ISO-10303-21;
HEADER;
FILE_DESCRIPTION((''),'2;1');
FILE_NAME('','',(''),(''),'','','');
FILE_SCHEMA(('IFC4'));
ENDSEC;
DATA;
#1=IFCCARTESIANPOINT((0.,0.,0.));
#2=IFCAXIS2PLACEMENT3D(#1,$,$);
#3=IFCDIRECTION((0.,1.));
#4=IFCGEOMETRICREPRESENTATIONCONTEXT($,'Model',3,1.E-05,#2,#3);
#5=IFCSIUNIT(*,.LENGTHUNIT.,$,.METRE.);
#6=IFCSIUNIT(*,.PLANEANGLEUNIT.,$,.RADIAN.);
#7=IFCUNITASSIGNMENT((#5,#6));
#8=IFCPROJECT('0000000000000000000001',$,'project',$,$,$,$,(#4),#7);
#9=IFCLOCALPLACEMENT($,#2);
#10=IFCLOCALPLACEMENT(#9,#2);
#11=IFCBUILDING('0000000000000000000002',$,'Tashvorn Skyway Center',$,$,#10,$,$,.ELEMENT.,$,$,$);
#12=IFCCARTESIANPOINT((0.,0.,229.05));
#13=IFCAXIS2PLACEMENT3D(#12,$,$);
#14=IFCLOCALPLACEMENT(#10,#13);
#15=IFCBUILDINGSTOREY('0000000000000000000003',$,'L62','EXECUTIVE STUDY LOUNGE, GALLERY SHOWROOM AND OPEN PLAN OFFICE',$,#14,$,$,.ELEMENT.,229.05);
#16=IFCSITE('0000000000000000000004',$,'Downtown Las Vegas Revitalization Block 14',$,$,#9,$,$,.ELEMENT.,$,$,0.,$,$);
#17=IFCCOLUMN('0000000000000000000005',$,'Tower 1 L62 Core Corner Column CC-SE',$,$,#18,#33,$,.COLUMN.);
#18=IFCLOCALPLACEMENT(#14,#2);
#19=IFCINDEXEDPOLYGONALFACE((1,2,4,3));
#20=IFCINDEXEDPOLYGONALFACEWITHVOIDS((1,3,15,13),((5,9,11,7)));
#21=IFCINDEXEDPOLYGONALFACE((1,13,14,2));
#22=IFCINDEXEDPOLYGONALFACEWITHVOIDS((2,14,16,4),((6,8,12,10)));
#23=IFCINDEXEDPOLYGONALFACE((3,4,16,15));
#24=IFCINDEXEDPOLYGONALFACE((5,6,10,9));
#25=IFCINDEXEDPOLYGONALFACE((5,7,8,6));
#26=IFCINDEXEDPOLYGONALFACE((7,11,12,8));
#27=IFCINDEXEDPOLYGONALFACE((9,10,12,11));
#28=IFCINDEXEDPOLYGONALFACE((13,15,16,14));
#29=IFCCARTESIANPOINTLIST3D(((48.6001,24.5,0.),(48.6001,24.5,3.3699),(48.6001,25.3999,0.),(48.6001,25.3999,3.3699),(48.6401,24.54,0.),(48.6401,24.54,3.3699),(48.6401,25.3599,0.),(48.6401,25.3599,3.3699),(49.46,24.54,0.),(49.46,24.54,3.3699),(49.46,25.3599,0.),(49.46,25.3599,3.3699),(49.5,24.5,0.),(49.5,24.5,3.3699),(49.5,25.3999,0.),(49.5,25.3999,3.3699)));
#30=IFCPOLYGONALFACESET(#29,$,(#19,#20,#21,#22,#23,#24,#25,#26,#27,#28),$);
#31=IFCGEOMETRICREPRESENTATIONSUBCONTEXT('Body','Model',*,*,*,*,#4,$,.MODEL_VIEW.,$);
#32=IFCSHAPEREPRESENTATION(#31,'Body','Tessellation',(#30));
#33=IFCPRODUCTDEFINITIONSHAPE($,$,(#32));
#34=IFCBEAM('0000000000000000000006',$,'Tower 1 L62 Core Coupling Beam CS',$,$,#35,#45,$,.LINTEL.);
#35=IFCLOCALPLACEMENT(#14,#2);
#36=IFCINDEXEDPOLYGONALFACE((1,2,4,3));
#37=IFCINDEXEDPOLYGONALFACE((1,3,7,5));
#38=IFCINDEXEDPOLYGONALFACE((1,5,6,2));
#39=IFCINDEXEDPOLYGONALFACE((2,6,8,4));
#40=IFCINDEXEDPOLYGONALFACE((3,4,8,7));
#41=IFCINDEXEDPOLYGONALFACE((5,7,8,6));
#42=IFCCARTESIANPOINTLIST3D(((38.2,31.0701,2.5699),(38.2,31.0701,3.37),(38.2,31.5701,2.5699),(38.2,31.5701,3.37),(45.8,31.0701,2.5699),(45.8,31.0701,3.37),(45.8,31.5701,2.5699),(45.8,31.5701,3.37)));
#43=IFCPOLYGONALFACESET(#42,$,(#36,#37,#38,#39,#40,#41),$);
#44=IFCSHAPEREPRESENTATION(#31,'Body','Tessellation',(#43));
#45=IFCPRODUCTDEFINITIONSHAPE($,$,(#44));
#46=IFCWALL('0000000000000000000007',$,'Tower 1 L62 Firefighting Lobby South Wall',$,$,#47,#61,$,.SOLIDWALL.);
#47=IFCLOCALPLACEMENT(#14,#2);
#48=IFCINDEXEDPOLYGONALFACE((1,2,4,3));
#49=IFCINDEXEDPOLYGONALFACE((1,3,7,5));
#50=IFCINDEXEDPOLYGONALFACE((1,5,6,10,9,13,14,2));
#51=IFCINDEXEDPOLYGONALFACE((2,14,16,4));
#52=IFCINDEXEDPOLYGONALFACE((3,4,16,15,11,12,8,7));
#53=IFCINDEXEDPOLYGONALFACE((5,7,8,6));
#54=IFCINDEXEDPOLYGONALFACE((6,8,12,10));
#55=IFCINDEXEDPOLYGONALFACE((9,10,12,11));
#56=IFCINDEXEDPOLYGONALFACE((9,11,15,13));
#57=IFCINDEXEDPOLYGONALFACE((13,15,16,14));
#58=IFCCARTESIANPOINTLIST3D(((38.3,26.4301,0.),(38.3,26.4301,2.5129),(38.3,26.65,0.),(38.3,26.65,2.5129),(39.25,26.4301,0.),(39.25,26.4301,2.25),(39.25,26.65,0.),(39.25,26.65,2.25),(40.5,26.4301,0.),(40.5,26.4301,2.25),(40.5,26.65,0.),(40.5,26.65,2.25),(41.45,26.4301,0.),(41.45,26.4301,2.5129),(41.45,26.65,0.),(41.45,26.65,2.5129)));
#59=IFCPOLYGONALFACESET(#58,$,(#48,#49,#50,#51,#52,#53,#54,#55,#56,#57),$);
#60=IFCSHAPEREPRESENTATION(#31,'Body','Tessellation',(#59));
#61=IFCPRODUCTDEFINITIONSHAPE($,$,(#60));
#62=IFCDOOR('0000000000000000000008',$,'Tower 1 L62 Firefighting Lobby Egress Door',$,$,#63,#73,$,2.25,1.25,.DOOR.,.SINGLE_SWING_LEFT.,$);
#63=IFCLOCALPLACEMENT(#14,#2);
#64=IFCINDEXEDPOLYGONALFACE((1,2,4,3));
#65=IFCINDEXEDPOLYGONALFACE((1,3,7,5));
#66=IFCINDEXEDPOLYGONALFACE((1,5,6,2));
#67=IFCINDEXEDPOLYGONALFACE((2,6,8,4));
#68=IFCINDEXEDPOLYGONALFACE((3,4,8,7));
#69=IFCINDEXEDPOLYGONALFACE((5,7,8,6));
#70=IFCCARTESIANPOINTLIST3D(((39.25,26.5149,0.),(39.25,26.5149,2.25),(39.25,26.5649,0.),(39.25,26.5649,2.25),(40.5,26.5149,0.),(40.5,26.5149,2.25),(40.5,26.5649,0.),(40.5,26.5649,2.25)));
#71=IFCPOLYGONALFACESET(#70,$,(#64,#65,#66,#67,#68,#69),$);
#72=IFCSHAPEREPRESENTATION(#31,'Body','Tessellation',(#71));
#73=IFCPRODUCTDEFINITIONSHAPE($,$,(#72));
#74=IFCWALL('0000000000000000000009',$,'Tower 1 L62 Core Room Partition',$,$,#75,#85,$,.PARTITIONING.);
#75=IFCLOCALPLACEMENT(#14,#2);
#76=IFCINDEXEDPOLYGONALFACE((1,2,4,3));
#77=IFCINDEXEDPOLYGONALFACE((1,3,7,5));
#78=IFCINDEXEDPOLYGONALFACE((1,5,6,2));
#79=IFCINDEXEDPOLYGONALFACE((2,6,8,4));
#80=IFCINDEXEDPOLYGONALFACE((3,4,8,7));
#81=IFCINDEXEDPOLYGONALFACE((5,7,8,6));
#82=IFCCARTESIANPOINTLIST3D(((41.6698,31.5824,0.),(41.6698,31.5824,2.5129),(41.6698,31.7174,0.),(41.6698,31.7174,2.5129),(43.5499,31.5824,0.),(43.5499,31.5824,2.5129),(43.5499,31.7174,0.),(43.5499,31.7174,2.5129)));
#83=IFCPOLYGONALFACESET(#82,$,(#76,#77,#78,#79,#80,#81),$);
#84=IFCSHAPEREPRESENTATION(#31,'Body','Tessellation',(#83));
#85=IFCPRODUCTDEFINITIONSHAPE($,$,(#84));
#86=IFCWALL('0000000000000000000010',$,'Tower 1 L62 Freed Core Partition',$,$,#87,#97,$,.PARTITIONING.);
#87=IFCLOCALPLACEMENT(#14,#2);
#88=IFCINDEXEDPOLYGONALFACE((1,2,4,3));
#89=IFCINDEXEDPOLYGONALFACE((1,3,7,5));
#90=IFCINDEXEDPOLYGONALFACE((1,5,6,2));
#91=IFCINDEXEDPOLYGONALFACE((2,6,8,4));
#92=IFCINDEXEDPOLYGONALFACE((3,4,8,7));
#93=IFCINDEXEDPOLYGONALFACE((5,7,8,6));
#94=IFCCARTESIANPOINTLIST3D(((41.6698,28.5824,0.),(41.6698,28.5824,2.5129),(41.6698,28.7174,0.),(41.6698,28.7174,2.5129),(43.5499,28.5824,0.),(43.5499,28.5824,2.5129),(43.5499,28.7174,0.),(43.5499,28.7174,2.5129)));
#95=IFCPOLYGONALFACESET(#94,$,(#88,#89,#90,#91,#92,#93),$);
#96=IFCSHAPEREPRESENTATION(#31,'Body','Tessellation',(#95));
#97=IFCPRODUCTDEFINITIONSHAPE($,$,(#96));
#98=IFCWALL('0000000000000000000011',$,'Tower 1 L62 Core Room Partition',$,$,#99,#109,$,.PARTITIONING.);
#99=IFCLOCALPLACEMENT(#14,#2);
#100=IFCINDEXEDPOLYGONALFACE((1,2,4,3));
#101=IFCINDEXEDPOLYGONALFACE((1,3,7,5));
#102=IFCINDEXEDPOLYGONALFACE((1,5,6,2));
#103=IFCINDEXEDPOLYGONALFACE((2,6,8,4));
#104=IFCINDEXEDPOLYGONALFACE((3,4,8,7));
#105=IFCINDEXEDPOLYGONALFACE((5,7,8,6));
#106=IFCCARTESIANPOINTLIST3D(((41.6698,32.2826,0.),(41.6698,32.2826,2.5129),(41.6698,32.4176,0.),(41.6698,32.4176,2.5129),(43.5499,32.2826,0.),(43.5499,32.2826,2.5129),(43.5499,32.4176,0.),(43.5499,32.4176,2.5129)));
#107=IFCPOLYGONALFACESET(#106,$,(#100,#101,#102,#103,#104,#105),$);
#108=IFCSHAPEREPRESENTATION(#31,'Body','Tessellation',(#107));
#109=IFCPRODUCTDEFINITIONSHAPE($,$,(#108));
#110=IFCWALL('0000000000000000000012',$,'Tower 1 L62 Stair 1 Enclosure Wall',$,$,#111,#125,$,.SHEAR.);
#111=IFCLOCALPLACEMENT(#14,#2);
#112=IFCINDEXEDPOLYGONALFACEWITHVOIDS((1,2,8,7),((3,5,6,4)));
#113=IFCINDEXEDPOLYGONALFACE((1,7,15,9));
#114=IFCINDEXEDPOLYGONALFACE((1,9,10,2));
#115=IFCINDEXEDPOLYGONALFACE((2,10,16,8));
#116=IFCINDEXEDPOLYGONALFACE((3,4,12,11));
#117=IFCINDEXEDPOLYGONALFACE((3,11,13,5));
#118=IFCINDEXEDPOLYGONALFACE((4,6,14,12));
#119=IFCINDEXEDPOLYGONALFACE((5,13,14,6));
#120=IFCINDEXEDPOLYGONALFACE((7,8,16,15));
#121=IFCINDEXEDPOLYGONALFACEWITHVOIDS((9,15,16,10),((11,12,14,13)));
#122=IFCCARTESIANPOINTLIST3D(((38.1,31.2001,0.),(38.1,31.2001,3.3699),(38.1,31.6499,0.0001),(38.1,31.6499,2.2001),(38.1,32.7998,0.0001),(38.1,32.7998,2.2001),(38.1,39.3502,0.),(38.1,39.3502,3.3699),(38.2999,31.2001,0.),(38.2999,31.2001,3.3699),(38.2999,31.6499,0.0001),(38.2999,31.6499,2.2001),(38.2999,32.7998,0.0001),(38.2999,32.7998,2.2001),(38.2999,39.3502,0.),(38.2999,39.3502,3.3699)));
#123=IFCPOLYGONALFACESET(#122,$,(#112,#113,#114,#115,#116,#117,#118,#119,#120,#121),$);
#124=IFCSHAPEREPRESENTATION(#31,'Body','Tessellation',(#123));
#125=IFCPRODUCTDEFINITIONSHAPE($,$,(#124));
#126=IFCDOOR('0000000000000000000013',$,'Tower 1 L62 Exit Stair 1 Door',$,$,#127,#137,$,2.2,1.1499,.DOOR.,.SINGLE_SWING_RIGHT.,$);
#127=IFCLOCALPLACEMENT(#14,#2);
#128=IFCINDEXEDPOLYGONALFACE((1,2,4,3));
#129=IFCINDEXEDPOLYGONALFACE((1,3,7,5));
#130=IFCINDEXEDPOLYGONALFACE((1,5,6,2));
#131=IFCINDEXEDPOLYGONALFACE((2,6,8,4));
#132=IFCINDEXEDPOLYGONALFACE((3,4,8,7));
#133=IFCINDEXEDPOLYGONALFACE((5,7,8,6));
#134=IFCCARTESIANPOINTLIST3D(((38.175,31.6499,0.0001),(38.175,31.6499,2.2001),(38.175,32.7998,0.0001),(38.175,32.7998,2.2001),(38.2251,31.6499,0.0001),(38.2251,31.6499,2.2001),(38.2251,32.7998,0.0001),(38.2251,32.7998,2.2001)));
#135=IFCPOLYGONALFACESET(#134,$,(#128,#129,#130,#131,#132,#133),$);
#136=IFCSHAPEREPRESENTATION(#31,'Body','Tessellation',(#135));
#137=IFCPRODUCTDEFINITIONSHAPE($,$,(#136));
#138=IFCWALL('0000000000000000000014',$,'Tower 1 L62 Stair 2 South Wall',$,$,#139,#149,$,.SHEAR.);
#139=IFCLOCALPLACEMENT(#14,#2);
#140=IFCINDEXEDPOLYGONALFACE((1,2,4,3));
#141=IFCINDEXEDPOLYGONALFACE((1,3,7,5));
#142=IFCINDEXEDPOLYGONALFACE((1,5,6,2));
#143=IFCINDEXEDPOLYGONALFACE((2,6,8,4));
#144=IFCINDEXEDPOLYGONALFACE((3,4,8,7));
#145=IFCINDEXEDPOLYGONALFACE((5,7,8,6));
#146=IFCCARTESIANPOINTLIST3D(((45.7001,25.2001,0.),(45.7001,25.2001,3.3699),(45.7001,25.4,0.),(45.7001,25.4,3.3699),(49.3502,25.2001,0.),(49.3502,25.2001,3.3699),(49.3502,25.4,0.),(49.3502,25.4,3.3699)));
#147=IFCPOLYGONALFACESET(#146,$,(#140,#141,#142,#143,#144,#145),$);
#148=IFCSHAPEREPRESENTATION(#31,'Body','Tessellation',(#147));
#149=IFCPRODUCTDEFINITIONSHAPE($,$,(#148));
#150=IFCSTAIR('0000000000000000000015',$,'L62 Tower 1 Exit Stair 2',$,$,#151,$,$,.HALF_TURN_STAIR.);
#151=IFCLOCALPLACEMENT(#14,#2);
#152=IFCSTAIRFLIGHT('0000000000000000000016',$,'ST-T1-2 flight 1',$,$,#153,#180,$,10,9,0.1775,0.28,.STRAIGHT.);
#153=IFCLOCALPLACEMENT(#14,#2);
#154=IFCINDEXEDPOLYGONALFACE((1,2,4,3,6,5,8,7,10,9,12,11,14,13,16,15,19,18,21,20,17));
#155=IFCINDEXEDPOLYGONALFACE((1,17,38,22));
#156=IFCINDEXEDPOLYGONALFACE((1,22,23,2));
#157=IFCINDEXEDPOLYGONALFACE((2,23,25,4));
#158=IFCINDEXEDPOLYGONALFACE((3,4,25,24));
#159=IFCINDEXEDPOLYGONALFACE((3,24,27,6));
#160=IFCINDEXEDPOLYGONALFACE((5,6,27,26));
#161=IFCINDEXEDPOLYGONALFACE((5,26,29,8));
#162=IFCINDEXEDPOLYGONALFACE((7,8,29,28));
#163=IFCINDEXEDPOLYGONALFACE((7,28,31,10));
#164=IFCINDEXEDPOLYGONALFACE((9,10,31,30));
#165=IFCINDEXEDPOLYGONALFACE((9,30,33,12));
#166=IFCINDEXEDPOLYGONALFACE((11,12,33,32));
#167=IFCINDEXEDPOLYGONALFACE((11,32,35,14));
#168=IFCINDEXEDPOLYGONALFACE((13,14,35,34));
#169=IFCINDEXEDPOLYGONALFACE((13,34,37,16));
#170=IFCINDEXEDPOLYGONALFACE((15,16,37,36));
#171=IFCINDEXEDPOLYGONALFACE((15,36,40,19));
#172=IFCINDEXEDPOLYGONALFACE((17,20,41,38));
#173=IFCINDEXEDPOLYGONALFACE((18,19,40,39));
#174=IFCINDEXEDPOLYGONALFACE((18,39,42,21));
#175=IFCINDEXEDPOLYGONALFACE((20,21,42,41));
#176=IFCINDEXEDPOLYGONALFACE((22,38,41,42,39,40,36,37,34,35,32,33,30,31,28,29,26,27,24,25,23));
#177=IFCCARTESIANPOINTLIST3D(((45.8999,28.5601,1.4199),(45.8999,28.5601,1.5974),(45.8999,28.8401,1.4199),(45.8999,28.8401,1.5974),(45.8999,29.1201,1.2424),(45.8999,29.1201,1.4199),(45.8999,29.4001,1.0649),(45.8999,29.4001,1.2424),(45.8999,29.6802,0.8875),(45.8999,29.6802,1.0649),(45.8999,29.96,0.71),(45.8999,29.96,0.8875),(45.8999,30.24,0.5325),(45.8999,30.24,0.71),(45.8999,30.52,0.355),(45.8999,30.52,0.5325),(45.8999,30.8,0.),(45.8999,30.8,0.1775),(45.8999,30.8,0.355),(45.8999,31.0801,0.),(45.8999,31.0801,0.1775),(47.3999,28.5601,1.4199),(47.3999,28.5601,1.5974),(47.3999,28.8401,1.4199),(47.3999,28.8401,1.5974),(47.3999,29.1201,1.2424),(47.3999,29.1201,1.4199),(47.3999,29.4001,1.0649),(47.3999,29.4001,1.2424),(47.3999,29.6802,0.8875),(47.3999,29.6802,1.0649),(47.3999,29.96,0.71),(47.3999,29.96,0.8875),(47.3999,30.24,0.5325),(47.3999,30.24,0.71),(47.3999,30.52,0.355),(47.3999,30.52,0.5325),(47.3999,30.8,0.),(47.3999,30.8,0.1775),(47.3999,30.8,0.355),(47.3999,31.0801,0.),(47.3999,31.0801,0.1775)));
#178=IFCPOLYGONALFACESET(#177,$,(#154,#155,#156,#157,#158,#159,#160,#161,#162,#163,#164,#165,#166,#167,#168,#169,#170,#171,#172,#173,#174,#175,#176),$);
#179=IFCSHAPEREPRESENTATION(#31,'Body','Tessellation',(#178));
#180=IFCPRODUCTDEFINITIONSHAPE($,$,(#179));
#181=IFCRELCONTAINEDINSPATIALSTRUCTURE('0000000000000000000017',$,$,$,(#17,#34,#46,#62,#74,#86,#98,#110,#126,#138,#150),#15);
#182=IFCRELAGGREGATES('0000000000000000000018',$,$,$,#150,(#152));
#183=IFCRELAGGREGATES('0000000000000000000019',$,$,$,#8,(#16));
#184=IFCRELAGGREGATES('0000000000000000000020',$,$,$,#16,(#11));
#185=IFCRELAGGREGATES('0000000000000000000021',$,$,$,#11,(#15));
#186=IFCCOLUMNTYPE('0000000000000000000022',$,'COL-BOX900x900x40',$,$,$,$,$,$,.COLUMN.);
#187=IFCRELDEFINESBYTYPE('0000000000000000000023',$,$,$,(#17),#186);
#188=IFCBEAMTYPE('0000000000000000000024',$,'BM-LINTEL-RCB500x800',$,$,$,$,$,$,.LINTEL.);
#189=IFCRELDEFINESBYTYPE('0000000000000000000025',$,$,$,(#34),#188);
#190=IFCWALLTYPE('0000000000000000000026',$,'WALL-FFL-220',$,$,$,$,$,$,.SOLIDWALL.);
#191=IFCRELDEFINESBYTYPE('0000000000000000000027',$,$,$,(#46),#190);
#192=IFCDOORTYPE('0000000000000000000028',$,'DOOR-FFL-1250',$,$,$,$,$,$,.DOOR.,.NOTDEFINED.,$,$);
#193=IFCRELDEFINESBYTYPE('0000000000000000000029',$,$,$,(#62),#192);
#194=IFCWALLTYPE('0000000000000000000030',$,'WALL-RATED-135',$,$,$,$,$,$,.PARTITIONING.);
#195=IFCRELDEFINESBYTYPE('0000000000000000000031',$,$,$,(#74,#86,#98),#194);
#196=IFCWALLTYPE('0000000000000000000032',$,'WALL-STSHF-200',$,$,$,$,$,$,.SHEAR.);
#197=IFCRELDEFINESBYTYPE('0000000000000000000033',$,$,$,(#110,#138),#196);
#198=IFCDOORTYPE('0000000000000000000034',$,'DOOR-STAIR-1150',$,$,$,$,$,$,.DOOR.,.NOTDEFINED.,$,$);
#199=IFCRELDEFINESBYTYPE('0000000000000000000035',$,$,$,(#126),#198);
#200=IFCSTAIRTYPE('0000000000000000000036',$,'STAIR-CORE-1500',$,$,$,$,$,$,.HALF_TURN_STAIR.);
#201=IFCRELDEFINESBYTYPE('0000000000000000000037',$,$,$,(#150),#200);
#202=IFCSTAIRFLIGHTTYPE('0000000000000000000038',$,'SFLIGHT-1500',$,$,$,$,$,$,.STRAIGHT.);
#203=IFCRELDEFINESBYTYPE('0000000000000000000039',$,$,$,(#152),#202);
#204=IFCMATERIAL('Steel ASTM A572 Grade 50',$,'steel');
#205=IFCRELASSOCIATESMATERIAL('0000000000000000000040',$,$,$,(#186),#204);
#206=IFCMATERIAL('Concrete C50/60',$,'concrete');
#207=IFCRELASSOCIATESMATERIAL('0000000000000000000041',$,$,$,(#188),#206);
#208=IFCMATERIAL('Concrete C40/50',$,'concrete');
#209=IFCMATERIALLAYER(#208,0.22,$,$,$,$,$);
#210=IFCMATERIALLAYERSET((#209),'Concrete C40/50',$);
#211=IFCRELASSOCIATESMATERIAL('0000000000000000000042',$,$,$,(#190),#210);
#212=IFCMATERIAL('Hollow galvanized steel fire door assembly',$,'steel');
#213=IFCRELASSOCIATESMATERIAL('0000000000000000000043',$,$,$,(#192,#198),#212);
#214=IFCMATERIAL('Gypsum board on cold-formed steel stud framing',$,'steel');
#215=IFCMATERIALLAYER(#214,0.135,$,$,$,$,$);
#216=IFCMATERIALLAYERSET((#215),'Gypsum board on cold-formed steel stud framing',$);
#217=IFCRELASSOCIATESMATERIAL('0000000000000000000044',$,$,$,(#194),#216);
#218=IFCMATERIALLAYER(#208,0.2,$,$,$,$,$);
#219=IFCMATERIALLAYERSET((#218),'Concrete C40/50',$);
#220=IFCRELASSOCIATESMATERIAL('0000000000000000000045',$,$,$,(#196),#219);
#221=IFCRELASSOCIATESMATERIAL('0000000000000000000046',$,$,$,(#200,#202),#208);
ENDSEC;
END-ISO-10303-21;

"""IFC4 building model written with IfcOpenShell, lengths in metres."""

from ifc_helpers import new_model, si_unit, direction, frame, frame_2d, origin, origin_2d, place, context, subcontext, project, spatial, polyline, rectangle, hollow_rectangle, outline, extrude, material, layer, layer_set, material_profile, profile_set, type_object, element, fill, aggregate, save


model = new_model("IFC4")

# Units and contexts
model_context = context("Model", 3, precision=1e-05, world=origin(), true_north=direction((0.0, 1.0)))
body_context = subcontext(model_context, "Body", "Model", "MODEL_VIEW")
ifc_project = project(units=[si_unit("LENGTHUNIT", "METRE"), si_unit("PLANEANGLEUNIT", "RADIAN")], contexts=[model_context])

# Site, building, storey
site_placement = place(None, origin())
site = spatial("IfcSite", under=ifc_project, at=site_placement, Name="Downtown Las Vegas Revitalization Block 14", CompositionType="ELEMENT", RefElevation=0.0)
building_placement = place(site_placement, origin())
building = spatial("IfcBuilding", under=site, at=building_placement, Name="Tashvorn Skyway Center", CompositionType="ELEMENT")
storey_placement = place(building_placement, frame((0.0, 0.0, 229.05)))
storey = spatial("IfcBuildingStorey", under=building, at=storey_placement, Name="L62", Description="EXECUTIVE STUDY LOUNGE, GALLERY SHOWROOM AND OPEN PLAN OFFICE", CompositionType="ELEMENT", Elevation=229.05)

# Column
ifc_material_1 = material(Name="Steel ASTM A572 Grade 50", Category="steel")
ifc_material_profile_1 = material_profile(ifc_material_1, hollow_rectangle(XDim=0.8999, YDim=0.8999, WallThickness=0.04, at=origin_2d()), Name="BOX900x900x40")
ifc_profile_set_1 = profile_set([ifc_material_profile_1], Name="Steel ASTM A572 Grade 50")
column_type = type_object("IfcColumnType", Name="COL-BOX900x900x40", PredefinedType="COLUMN", material=ifc_profile_set_1)
column_placement = place(storey_placement, frame((49.05, 24.95, 0.0), z_axis=(0.0, 0.0, 1.0), x_axis=(1.0, 0.0, 0.0)))
element("IfcColumn", 1, at=column_placement, inside=storey, type_object=column_type, Name="Tower 1 L62 Core Corner Column CC-SE", PredefinedType="COLUMN", context=body_context, shape_type="SweptSolid", body=[
    extrude(hollow_rectangle(XDim=0.8999, YDim=0.8999, WallThickness=0.04, at=origin_2d()), origin(), (0.0, 0.0, 1.0), 3.3699),
])

# Beam
ifc_material_2 = material(Name="Concrete C50/60", Category="concrete")
ifc_material_profile_2 = material_profile(ifc_material_2, rectangle(XDim=0.5, YDim=0.8, at=origin_2d()), Name="RCB500x800")
ifc_profile_set_2 = profile_set([ifc_material_profile_2], Name="Concrete C50/60")
beam_type = type_object("IfcBeamType", Name="BM-LINTEL-RCB500x800", PredefinedType="LINTEL", material=ifc_profile_set_2)
beam_placement = place(storey_placement, frame((38.2, 31.3201, 2.97), z_axis=(1.0, 0.0, 0.0), x_axis=(0.0, 1.0, 0.0)))
element("IfcBeam", 2, at=beam_placement, inside=storey, type_object=beam_type, Name="Tower 1 L62 Core Coupling Beam CS", PredefinedType="LINTEL", context=body_context, shape_type="SweptSolid", body=[
    extrude(rectangle(XDim=0.5, YDim=0.8, at=origin_2d()), origin(), (0.0, 0.0, 1.0), 7.6001),
])

# Wall, opening, door
ifc_material_3 = material(Name="Concrete C40/50", Category="concrete")
ifc_layer_1 = layer(ifc_material_3, 0.22)
ifc_layer_set_1 = layer_set([ifc_layer_1], Name="Concrete C40/50")
wall_type_1 = type_object("IfcWallType", Name="WALL-FFL-220", PredefinedType="SOLIDWALL", material=ifc_layer_set_1)
wall_1_placement = place(storey_placement, frame((38.3, 26.54, 0.0), z_axis=(0.0, 0.0, 1.0), x_axis=(1.0, 0.0, 0.0)))
wall_1 = element("IfcWall", 3, at=wall_1_placement, inside=storey, type_object=wall_type_1, Name="Tower 1 L62 Firefighting Lobby South Wall", PredefinedType="SOLIDWALL", context=body_context, shape_type="SweptSolid", body=[
    extrude(rectangle(XDim=3.1499, YDim=0.22, at=frame_2d((1.575, 0.0))), origin(), (0.0, 0.0, 1.0), 2.5129),
])
opening_1_placement = place(wall_1_placement, frame((0.95, 0.0, 0.0)))
opening_1 = element("IfcOpeningElement", 4, at=opening_1_placement, cuts=wall_1, PredefinedType="OPENING", context=body_context, shape_type="SweptSolid", body=[
    extrude(rectangle(XDim=1.25, YDim=2.25, at=frame_2d((0.625, 1.125))), frame((0.0, 0.1199, 0.0), z_axis=(0.0, -1.0, 0.0), x_axis=(1.0, 0.0, 0.0)), (0.0, 0.0, 1.0), 0.24),
])
ifc_material_4 = material(Name="Hollow galvanized steel fire door assembly", Category="steel")
door_type_1 = type_object("IfcDoorType", Name="DOOR-FFL-1250", OperationType="NOTDEFINED", PredefinedType="DOOR", material=ifc_material_4)
door_1_placement = place(opening_1_placement, origin())
door_1 = element("IfcDoor", 5, at=door_1_placement, inside=storey, type_object=door_type_1, Name="Tower 1 L62 Firefighting Lobby Egress Door", OperationType="SINGLE_SWING_LEFT", OverallHeight=2.25, OverallWidth=1.25, PredefinedType="DOOR", context=body_context, shape_type="SweptSolid", body=[
    extrude(rectangle(XDim=1.25, YDim=2.25, at=frame_2d((0.625, 1.125))), frame((0.0, 0.0249, 0.0), z_axis=(0.0, -1.0, 0.0), x_axis=(1.0, 0.0, 0.0)), (0.0, 0.0, 1.0), 0.05),
])
fill(opening_1, door_1)

# Walls
ifc_material_5 = material(Name="Gypsum board on cold-formed steel stud framing", Category="steel")
ifc_layer_2 = layer(ifc_material_5, 0.135)
ifc_layer_set_2 = layer_set([ifc_layer_2], Name="Gypsum board on cold-formed steel stud framing")
wall_type_2 = type_object("IfcWallType", Name="WALL-RATED-135", PredefinedType="PARTITIONING", material=ifc_layer_set_2)
for number, where, z_axis, x_axis, name in (
    (6, (41.6699, 31.6499, 0.0), (0.0, 0.0, 1.0), (1.0, 0.0, 0.0), "Tower 1 L62 Core Room Partition"),
    (7, (41.6699, 28.6499, 0.0), (0.0, 0.0, 1.0), (1.0, 0.0, 0.0), "Tower 1 L62 Freed Core Partition"),
    (8, (41.6699, 32.3501, 0.0), (0.0, 0.0, 1.0), (1.0, 0.0, 0.0), "Tower 1 L62 Core Room Partition"),
):
    element("IfcWall", number, at=place(storey_placement, frame(where, z_axis=z_axis, x_axis=x_axis)), inside=storey, type_object=wall_type_2, Name=name, PredefinedType="PARTITIONING", context=body_context, shape_type="SweptSolid", body=[
        extrude(rectangle(XDim=1.8801, YDim=0.135, at=frame_2d((0.9399, 0.0))), origin(), (0.0, 0.0, 1.0), 2.5129),
    ])

# Wall, opening, door
ifc_layer_3 = layer(ifc_material_3, 0.2)
ifc_layer_set_3 = layer_set([ifc_layer_3], Name="Concrete C40/50")
wall_type_3 = type_object("IfcWallType", Name="WALL-STSHF-200", PredefinedType="SHEAR", material=ifc_layer_set_3)
wall_2_placement = place(storey_placement, frame((38.2, 31.2, 0.0), z_axis=(0.0, 0.0, 1.0), x_axis=(0.0, 1.0, 0.0)))
wall_2 = element("IfcWall", 9, at=wall_2_placement, inside=storey, type_object=wall_type_3, Name="Tower 1 L62 Stair 1 Enclosure Wall", PredefinedType="SHEAR", context=body_context, shape_type="SweptSolid", body=[
    extrude(rectangle(XDim=8.1501, YDim=0.2, at=frame_2d((4.0752, 0.0))), origin(), (0.0, 0.0, 1.0), 3.3699),
])
opening_2_placement = place(wall_2_placement, frame((0.45, 0.0, 0.0)))
opening_2 = element("IfcOpeningElement", 10, at=opening_2_placement, cuts=wall_2, PredefinedType="OPENING", context=body_context, shape_type="SweptSolid", body=[
    extrude(rectangle(XDim=1.1499, YDim=2.2, at=frame_2d((0.575, 1.1001))), frame((0.0, 0.1099, 0.0), z_axis=(0.0, -1.0, 0.0), x_axis=(1.0, 0.0, 0.0)), (0.0, 0.0, 1.0), 0.22),
])
door_type_2 = type_object("IfcDoorType", Name="DOOR-STAIR-1150", OperationType="NOTDEFINED", PredefinedType="DOOR", material=ifc_material_4)
door_2_placement = place(opening_2_placement, origin())
door_2 = element("IfcDoor", 11, at=door_2_placement, inside=storey, type_object=door_type_2, Name="Tower 1 L62 Exit Stair 1 Door", OperationType="SINGLE_SWING_RIGHT", OverallHeight=2.2, OverallWidth=1.1499, PredefinedType="DOOR", context=body_context, shape_type="SweptSolid", body=[
    extrude(rectangle(XDim=1.1499, YDim=2.2, at=frame_2d((0.575, 1.1001))), frame((0.0, 0.0249, 0.0), z_axis=(0.0, -1.0, 0.0), x_axis=(1.0, 0.0, 0.0)), (0.0, 0.0, 1.0), 0.05),
])
fill(opening_2, door_2)

# Wall
wall_3_placement = place(storey_placement, frame((45.7, 25.3, 0.0), z_axis=(0.0, 0.0, 1.0), x_axis=(1.0, 0.0, 0.0)))
element("IfcWall", 12, at=wall_3_placement, inside=storey, type_object=wall_type_3, Name="Tower 1 L62 Stair 2 South Wall", PredefinedType="SHEAR", context=body_context, shape_type="SweptSolid", body=[
    extrude(rectangle(XDim=3.6501, YDim=0.2, at=frame_2d((1.8252, 0.0))), origin(), (0.0, 0.0, 1.0), 3.3699),
])

# Stair, stair flight
stair_type = type_object("IfcStairType", Name="STAIR-CORE-1500", PredefinedType="HALF_TURN_STAIR", material=ifc_material_3)
stair_placement = place(storey_placement, origin())
stair = element("IfcStair", 13, at=stair_placement, inside=storey, type_object=stair_type, Name="L62 Tower 1 Exit Stair 2", PredefinedType="HALF_TURN_STAIR")
stair_flight_type = type_object("IfcStairFlightType", Name="SFLIGHT-1500", PredefinedType="STRAIGHT", material=ifc_material_3)
stair_flight_1_placement = place(storey_placement, frame((46.6499, 31.0801, 0.0), z_axis=(0.0, 0.0, 1.0), x_axis=(0.0, -1.0, 0.0)))
stair_flight_1 = element("IfcStairFlight", 14, at=stair_flight_1_placement, type_object=stair_flight_type, Name="ST-T1-2 flight 1", NumberOfRisers=10, NumberOfTreads=9, PredefinedType="STRAIGHT", RiserHeight=0.1775, TreadLength=0.28, context=body_context, shape_type="SweptSolid", body=[
    extrude(outline(polyline([(0.0, 0.0), (0.0, 0.1775), (0.28, 0.1775), (0.28, 0.355), (0.5601, 0.355), (0.5601, 0.5325), (0.8401, 0.5325), (0.8401, 0.71), (1.1201, 0.71), (1.1201, 0.8875), (1.3999, 0.8875), (1.3999, 1.0649), (1.6799, 1.0649), (1.6799, 1.2424), (1.96, 1.2424), (1.96, 1.4199), (2.24, 1.4199), (2.24, 1.5974), (2.52, 1.5974), (2.52, 1.7749), (2.52, 1.4199), (0.28, 0.0), (0.0, 0.0)])), frame((0.0, 0.75, 0.0), z_axis=(0.0, -1.0, 0.0), x_axis=(1.0, 0.0, 0.0)), (0.0, 0.0, 1.0), 1.5),
])
aggregate(stair, [stair_flight_1])

save(model, "model.ifc")
